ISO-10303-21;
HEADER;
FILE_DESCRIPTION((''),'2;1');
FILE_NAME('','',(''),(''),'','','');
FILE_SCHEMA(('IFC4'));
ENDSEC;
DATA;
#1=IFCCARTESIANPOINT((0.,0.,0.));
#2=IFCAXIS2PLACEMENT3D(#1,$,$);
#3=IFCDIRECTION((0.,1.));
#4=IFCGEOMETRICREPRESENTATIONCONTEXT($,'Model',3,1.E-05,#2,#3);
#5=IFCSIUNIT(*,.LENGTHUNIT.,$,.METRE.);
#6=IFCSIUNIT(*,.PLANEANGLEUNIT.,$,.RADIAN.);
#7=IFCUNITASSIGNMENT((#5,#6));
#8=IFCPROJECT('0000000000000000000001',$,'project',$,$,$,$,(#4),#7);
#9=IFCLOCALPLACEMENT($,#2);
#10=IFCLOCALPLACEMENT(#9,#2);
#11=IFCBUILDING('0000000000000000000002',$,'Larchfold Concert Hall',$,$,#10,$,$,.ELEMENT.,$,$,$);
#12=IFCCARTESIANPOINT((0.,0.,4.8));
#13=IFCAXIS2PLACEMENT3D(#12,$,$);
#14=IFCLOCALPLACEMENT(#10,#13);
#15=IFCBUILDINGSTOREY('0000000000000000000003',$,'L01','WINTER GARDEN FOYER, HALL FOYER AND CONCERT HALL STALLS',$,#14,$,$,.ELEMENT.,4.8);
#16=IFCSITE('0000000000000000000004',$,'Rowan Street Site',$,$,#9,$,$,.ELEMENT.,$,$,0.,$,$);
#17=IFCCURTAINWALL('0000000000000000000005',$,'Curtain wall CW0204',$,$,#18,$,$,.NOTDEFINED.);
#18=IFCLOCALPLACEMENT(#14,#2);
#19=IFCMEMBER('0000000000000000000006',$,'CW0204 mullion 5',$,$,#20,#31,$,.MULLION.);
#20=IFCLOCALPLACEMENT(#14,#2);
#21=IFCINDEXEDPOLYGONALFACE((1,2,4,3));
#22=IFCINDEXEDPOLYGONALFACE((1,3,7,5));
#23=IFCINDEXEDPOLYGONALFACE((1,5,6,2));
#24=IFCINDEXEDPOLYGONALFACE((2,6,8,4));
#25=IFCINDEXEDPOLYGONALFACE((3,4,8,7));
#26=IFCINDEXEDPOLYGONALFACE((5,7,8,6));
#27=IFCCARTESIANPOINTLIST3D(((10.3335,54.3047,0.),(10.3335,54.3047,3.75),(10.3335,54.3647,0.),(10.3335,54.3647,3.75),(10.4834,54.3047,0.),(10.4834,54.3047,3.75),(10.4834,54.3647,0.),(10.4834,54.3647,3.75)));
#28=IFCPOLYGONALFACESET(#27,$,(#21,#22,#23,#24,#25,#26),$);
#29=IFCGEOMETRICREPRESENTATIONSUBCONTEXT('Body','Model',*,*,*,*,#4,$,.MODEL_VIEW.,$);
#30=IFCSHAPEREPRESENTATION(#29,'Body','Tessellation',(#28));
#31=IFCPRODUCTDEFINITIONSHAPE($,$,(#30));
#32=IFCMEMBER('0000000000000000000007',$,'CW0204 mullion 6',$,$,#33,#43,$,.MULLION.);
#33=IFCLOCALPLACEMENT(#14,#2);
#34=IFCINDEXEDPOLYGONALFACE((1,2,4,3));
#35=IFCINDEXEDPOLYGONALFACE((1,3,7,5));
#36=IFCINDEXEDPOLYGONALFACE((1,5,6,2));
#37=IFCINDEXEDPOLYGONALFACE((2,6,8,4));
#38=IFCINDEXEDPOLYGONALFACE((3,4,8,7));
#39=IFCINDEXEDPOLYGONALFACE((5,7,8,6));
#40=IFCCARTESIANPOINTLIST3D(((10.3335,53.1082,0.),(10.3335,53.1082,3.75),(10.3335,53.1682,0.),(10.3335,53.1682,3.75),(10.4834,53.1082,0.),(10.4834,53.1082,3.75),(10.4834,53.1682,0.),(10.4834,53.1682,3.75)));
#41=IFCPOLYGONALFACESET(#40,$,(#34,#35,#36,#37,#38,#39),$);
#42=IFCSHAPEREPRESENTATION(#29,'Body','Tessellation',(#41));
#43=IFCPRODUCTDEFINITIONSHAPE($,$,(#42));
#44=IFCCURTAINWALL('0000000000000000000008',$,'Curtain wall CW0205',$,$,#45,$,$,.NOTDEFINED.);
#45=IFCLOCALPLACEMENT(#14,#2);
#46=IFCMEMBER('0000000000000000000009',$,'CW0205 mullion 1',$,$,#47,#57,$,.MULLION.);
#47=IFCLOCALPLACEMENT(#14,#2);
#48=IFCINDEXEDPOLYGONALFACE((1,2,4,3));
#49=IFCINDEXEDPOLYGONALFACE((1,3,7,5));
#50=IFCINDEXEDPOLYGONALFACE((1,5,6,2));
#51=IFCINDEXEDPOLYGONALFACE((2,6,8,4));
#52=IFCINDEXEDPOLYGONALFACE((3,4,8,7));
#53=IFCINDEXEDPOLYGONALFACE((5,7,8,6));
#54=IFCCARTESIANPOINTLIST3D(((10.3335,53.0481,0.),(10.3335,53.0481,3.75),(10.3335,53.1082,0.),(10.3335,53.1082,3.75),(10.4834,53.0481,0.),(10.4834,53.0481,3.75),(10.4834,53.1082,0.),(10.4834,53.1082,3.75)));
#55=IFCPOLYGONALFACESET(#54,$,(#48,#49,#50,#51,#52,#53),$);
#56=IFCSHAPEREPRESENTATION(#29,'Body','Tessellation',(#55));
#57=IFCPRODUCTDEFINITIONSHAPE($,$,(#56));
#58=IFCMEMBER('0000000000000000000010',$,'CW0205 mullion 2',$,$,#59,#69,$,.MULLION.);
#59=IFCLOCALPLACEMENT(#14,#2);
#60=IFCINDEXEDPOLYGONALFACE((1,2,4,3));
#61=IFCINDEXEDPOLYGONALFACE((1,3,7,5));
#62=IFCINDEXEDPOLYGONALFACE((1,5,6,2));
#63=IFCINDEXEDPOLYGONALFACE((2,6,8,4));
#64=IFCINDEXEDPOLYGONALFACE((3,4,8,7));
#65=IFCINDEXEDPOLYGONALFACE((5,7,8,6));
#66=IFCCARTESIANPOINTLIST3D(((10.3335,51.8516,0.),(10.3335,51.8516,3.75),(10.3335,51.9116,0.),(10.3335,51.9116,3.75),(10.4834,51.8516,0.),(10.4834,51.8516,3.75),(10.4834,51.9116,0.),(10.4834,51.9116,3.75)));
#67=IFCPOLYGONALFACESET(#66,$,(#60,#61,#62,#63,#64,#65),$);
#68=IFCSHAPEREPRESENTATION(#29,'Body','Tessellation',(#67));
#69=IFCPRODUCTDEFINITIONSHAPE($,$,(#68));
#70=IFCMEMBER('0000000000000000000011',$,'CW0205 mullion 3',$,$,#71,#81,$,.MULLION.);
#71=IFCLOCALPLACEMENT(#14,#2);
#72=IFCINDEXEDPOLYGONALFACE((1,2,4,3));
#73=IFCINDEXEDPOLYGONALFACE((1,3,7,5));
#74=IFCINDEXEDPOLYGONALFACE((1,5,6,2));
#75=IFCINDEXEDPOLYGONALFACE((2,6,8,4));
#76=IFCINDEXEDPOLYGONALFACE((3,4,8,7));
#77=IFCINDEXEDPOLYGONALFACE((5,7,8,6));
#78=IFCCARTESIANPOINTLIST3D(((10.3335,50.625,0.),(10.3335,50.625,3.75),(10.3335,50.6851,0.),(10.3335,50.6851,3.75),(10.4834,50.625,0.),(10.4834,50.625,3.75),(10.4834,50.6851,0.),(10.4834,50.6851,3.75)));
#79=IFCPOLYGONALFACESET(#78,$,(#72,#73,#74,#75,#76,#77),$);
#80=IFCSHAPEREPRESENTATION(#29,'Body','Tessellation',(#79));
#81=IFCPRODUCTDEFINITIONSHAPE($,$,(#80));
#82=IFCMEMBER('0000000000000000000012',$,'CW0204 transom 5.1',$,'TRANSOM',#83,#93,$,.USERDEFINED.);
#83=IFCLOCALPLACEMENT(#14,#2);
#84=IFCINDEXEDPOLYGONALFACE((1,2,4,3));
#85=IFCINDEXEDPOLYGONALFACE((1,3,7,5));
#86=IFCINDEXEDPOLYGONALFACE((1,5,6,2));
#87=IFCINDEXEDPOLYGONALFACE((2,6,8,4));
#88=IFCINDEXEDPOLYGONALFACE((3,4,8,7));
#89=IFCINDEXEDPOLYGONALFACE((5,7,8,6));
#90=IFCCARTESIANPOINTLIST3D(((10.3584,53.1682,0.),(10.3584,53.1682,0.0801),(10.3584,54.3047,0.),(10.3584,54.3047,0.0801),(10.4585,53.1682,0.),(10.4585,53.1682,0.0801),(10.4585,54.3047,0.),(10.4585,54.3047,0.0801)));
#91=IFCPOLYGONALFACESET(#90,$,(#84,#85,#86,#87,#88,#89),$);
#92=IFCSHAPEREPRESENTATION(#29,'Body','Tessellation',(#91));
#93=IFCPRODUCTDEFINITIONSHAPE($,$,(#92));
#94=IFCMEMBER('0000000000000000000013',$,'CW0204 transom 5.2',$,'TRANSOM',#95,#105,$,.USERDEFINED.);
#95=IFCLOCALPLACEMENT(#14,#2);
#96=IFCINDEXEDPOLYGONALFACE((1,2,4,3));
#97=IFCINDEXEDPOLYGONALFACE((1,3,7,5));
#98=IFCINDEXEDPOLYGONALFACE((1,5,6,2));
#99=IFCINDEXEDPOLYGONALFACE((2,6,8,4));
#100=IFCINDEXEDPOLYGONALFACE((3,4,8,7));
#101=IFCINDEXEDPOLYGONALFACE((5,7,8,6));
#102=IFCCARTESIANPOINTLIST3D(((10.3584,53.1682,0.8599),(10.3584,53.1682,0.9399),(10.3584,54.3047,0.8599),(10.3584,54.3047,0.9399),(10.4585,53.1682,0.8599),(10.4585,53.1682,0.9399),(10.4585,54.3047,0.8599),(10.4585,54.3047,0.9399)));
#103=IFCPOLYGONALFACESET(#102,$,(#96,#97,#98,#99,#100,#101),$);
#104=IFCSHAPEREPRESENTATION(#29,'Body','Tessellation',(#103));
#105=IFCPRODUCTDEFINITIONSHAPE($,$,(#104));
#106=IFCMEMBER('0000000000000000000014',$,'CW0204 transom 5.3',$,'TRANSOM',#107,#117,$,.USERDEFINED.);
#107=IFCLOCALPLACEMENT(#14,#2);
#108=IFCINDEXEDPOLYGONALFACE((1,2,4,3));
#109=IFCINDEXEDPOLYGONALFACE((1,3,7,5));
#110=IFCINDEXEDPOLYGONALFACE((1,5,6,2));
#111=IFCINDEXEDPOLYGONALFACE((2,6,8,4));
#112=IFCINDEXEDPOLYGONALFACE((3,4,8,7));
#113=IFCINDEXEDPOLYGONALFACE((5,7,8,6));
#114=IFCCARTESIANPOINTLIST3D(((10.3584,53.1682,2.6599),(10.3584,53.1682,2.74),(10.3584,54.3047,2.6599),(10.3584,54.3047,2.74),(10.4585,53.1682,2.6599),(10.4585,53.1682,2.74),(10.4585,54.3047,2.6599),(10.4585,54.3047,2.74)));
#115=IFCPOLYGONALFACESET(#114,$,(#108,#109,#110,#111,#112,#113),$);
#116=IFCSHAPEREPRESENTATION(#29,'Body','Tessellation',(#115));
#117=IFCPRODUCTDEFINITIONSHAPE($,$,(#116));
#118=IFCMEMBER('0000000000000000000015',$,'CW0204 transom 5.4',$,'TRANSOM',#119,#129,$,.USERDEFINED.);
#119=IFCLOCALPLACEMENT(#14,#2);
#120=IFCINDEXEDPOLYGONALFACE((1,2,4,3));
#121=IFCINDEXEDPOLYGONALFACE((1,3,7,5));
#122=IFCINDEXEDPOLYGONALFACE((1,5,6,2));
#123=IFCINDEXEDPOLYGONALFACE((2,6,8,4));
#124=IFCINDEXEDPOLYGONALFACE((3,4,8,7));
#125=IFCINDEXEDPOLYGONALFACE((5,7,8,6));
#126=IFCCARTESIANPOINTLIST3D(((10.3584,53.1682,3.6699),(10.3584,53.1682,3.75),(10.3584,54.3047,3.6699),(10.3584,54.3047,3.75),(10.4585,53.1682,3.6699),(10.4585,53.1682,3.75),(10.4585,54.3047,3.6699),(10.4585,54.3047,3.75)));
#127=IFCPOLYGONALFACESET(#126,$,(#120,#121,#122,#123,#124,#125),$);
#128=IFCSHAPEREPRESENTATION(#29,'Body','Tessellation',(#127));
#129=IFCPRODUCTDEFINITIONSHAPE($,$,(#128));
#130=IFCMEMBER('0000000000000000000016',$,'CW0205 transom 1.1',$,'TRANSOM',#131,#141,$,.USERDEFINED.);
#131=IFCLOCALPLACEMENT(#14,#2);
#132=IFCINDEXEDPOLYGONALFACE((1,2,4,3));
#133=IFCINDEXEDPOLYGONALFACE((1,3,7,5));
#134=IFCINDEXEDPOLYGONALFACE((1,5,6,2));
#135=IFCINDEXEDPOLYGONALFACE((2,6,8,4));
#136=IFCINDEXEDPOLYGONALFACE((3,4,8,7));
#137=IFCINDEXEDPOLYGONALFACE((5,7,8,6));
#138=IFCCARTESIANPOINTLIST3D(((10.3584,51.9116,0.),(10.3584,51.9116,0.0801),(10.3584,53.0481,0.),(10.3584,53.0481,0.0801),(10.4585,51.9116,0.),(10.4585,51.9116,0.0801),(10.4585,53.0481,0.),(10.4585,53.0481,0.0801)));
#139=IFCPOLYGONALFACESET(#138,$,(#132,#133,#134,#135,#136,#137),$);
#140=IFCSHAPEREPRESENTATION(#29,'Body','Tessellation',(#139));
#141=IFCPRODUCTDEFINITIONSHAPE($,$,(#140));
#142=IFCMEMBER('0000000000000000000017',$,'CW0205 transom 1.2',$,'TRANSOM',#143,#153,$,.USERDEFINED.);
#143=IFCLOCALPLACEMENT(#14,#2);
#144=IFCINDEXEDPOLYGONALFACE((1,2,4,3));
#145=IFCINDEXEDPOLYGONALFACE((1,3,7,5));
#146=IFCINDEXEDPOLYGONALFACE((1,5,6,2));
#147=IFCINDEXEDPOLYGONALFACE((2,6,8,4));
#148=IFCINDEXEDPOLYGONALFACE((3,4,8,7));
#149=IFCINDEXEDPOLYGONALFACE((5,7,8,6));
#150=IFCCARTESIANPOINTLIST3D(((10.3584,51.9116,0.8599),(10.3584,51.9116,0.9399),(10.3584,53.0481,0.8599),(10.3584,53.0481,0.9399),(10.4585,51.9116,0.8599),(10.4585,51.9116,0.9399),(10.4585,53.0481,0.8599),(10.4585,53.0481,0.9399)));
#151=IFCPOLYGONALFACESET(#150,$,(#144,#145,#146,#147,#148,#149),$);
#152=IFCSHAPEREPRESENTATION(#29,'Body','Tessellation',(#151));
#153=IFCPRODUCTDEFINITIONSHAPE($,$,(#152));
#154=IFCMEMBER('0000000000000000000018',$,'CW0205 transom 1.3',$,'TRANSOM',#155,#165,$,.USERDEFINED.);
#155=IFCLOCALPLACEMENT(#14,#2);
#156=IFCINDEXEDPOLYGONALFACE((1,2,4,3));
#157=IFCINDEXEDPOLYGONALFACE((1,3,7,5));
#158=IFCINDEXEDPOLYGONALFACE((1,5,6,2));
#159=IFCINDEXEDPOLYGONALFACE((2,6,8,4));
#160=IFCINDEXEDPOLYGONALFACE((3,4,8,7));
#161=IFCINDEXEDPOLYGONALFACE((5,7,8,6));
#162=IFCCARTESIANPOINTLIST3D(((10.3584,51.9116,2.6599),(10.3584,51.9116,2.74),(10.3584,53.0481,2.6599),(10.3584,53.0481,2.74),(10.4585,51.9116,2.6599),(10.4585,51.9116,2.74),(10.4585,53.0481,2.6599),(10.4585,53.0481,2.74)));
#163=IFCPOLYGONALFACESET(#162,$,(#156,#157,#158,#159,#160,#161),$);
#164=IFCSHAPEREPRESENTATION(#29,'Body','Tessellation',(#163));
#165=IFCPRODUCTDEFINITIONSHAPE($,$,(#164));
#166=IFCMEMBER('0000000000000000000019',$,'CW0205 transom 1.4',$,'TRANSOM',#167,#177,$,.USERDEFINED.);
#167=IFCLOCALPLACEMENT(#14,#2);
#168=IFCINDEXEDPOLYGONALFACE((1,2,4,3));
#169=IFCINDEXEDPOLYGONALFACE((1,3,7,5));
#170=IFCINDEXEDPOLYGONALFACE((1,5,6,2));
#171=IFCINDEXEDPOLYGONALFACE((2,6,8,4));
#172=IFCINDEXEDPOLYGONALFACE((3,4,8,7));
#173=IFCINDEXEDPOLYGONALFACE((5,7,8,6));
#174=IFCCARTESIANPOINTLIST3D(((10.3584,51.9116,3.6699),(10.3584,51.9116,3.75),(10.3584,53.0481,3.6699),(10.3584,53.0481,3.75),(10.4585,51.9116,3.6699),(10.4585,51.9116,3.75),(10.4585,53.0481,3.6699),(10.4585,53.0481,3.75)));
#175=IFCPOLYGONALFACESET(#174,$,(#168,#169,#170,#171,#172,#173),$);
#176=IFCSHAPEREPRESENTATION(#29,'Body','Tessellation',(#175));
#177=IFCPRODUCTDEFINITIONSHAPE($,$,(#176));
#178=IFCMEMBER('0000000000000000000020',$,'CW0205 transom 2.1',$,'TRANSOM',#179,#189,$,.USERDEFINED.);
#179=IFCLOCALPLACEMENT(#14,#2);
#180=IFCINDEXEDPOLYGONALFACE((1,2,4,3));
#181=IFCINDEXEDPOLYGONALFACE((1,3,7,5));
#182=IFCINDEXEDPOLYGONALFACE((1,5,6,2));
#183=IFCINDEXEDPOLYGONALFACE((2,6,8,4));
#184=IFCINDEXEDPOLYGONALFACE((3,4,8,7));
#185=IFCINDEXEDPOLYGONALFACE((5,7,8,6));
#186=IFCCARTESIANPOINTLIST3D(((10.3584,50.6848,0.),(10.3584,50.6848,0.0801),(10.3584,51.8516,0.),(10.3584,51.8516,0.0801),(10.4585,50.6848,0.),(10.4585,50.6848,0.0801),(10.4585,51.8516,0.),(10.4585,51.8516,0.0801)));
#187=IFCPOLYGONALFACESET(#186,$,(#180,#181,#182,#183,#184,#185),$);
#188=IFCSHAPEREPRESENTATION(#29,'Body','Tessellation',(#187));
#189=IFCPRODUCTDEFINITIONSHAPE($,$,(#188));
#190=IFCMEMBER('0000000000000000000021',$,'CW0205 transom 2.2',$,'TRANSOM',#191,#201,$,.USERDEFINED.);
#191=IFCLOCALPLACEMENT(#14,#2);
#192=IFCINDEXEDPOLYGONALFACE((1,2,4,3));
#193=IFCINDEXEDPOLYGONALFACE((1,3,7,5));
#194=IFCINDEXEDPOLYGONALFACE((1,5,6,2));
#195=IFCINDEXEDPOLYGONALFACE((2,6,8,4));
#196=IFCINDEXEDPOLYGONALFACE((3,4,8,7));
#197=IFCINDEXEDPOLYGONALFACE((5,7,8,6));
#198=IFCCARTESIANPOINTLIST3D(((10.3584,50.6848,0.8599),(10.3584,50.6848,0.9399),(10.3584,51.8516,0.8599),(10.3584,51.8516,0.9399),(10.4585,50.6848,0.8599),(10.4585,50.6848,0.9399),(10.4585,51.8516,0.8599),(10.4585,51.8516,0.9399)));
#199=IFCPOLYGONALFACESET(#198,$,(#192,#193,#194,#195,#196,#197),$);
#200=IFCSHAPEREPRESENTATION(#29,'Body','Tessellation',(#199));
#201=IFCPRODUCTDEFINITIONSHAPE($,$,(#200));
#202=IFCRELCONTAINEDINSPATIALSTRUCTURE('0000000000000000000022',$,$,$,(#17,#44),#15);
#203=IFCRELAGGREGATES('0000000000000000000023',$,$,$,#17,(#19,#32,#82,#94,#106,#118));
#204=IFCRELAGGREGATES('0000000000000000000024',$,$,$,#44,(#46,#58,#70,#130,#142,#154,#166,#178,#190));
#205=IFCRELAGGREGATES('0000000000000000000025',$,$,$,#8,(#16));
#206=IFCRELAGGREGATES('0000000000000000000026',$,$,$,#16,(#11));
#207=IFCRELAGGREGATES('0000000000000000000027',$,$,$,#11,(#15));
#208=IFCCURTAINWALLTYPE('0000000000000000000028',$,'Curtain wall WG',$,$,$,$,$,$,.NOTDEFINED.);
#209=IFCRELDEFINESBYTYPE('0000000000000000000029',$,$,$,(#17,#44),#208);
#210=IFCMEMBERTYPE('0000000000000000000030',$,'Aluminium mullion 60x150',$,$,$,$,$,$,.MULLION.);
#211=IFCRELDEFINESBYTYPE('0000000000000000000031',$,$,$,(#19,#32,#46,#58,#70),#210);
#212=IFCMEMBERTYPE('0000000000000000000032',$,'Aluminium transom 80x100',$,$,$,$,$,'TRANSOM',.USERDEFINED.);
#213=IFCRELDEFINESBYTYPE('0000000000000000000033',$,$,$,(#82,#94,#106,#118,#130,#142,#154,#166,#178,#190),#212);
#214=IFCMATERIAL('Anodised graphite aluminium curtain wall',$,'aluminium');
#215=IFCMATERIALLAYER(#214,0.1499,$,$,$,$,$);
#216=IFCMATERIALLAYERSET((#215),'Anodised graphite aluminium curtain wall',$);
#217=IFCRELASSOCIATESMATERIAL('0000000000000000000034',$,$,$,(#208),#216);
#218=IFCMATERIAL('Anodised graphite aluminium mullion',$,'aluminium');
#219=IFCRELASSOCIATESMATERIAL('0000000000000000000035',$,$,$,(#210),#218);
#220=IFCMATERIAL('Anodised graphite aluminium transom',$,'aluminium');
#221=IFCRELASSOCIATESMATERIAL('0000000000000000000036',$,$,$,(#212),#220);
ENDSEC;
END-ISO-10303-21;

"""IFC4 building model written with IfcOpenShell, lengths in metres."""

from ifc_helpers import new_model, si_unit, direction, frame, origin, origin_2d, place, context, subcontext, project, spatial, rectangle, extrude, material, layer, layer_set, material_profile, profile_set, type_object, element, aggregate, save


model = new_model("IFC4")

# Units and contexts
model_context = context("Model", 3, precision=1e-05, world=origin(), true_north=direction((0.0, 1.0)))
body_context = subcontext(model_context, "Body", "Model", "MODEL_VIEW")
ifc_project = project(units=[si_unit("LENGTHUNIT", "METRE"), si_unit("PLANEANGLEUNIT", "RADIAN")], contexts=[model_context])

# Site, building, storey
site_placement = place(None, origin())
site = spatial("IfcSite", under=ifc_project, at=site_placement, Name="Rowan Street Site", CompositionType="ELEMENT", RefElevation=0.0)
building_placement = place(site_placement, origin())
building = spatial("IfcBuilding", under=site, at=building_placement, Name="Larchfold Concert Hall", CompositionType="ELEMENT")
storey_placement = place(building_placement, frame((0.0, 0.0, 4.8)))
storey = spatial("IfcBuildingStorey", under=building, at=storey_placement, Name="L01", Description="WINTER GARDEN FOYER, HALL FOYER AND CONCERT HALL STALLS", CompositionType="ELEMENT", Elevation=4.8)

# Curtain walls, members
ifc_material_1 = material(Name="Anodised graphite aluminium curtain wall", Category="aluminium")
ifc_layer_1 = layer(ifc_material_1, 0.1499)
ifc_layer_set_1 = layer_set([ifc_layer_1], Name="Anodised graphite aluminium curtain wall")
curtain_wall_type = type_object("IfcCurtainWallType", Name="Curtain wall WG", PredefinedType="NOTDEFINED", material=ifc_layer_set_1)
curtain_wall_1_placement = place(storey_placement, origin())
curtain_wall_1 = element("IfcCurtainWall", 1, at=curtain_wall_1_placement, inside=storey, type_object=curtain_wall_type, Name="Curtain wall CW0204", PredefinedType="NOTDEFINED")
ifc_material_2 = material(Name="Anodised graphite aluminium mullion", Category="aluminium")
ifc_material_profile_1 = material_profile(ifc_material_2, rectangle(XDim=0.1499, YDim=0.0601, at=origin_2d()))
ifc_profile_set_1 = profile_set([ifc_material_profile_1], Name="Anodised graphite aluminium mullion")
member_type_1 = type_object("IfcMemberType", Name="Aluminium mullion 60x150", PredefinedType="MULLION", material=ifc_profile_set_1)
member_1_placement = place(storey_placement, frame((10.4084, 54.3347, 0.0), z_axis=(0.0, 0.0, 1.0), x_axis=(1.0, 0.0, 0.0)))
member_1 = element("IfcMember", 2, at=member_1_placement, type_object=member_type_1, Name="CW0204 mullion 5", PredefinedType="MULLION", context=body_context, shape_type="SweptSolid", body=[
    extrude(rectangle(XDim=0.1499, YDim=0.0601, at=origin_2d()), origin(), (0.0, 0.0, 1.0), 3.75),
])
member_2_placement = place(storey_placement, frame((10.4084, 53.1382, 0.0), z_axis=(0.0, 0.0, 1.0), x_axis=(1.0, 0.0, 0.0)))
member_2 = element("IfcMember", 3, at=member_2_placement, type_object=member_type_1, Name="CW0204 mullion 6", PredefinedType="MULLION", context=body_context, shape_type="SweptSolid", body=[
    extrude(rectangle(XDim=0.1499, YDim=0.0601, at=origin_2d()), origin(), (0.0, 0.0, 1.0), 3.75),
])
curtain_wall_2_placement = place(storey_placement, origin())
curtain_wall_2 = element("IfcCurtainWall", 4, at=curtain_wall_2_placement, inside=storey, type_object=curtain_wall_type, Name="Curtain wall CW0205", PredefinedType="NOTDEFINED")
member_3_placement = place(storey_placement, frame((10.4084, 53.0781, 0.0), z_axis=(0.0, 0.0, 1.0), x_axis=(1.0, 0.0, 0.0)))
member_3 = element("IfcMember", 5, at=member_3_placement, type_object=member_type_1, Name="CW0205 mullion 1", PredefinedType="MULLION", context=body_context, shape_type="SweptSolid", body=[
    extrude(rectangle(XDim=0.1499, YDim=0.0601, at=origin_2d()), origin(), (0.0, 0.0, 1.0), 3.75),
])
member_4_placement = place(storey_placement, frame((10.4084, 51.8816, 0.0), z_axis=(0.0, 0.0, 1.0), x_axis=(1.0, 0.0, 0.0)))
member_4 = element("IfcMember", 6, at=member_4_placement, type_object=member_type_1, Name="CW0205 mullion 2", PredefinedType="MULLION", context=body_context, shape_type="SweptSolid", body=[
    extrude(rectangle(XDim=0.1499, YDim=0.0601, at=origin_2d()), origin(), (0.0, 0.0, 1.0), 3.75),
])
member_5_placement = place(storey_placement, frame((10.4084, 50.655, 0.0), z_axis=(0.0, 0.0, 1.0), x_axis=(1.0, 0.0, 0.0)))
member_5 = element("IfcMember", 7, at=member_5_placement, type_object=member_type_1, Name="CW0205 mullion 3", PredefinedType="MULLION", context=body_context, shape_type="SweptSolid", body=[
    extrude(rectangle(XDim=0.1499, YDim=0.0601, at=origin_2d()), origin(), (0.0, 0.0, 1.0), 3.75),
])

# Members
ifc_material_3 = material(Name="Anodised graphite aluminium transom", Category="aluminium")
ifc_material_profile_2 = material_profile(ifc_material_3, rectangle(XDim=0.1001, YDim=0.0801, at=origin_2d()))
ifc_profile_set_2 = profile_set([ifc_material_profile_2], Name="Anodised graphite aluminium transom")
member_type_2 = type_object("IfcMemberType", Name="Aluminium transom 80x100", ElementType="TRANSOM", PredefinedType="USERDEFINED", material=ifc_profile_set_2)
member_6_placement = place(storey_placement, frame((10.4084, 54.3047, 0.04), z_axis=(0.0, -1.0, 0.0), x_axis=(1.0, 0.0, 0.0)))
member_6 = element("IfcMember", 8, at=member_6_placement, type_object=member_type_2, Name="CW0204 transom 5.1", ObjectType="TRANSOM", PredefinedType="USERDEFINED", context=body_context, shape_type="SweptSolid", body=[
    extrude(rectangle(XDim=0.1001, YDim=0.0801, at=origin_2d()), origin(), (0.0, 0.0, 1.0), 1.1365),
])
member_7_placement = place(storey_placement, frame((10.4084, 54.3047, 0.8999), z_axis=(0.0, -1.0, 0.0), x_axis=(1.0, 0.0, 0.0)))
member_7 = element("IfcMember", 9, at=member_7_placement, type_object=member_type_2, Name="CW0204 transom 5.2", ObjectType="TRANSOM", PredefinedType="USERDEFINED", context=body_context, shape_type="SweptSolid", body=[
    extrude(rectangle(XDim=0.1001, YDim=0.0801, at=origin_2d()), origin(), (0.0, 0.0, 1.0), 1.1365),
])
member_8_placement = place(storey_placement, frame((10.4084, 54.3047, 2.7), z_axis=(0.0, -1.0, 0.0), x_axis=(1.0, 0.0, 0.0)))
member_8 = element("IfcMember", 10, at=member_8_placement, type_object=member_type_2, Name="CW0204 transom 5.3", ObjectType="TRANSOM", PredefinedType="USERDEFINED", context=body_context, shape_type="SweptSolid", body=[
    extrude(rectangle(XDim=0.1001, YDim=0.0801, at=origin_2d()), origin(), (0.0, 0.0, 1.0), 1.1365),
])
member_9_placement = place(storey_placement, frame((10.4084, 54.3047, 3.71), z_axis=(0.0, -1.0, 0.0), x_axis=(1.0, 0.0, 0.0)))
member_9 = element("IfcMember", 11, at=member_9_placement, type_object=member_type_2, Name="CW0204 transom 5.4", ObjectType="TRANSOM", PredefinedType="USERDEFINED", context=body_context, shape_type="SweptSolid", body=[
    extrude(rectangle(XDim=0.1001, YDim=0.0801, at=origin_2d()), origin(), (0.0, 0.0, 1.0), 1.1365),
])
member_10_placement = place(storey_placement, frame((10.4084, 53.0481, 0.04), z_axis=(0.0, -1.0, 0.0), x_axis=(1.0, 0.0, 0.0)))
member_10 = element("IfcMember", 12, at=member_10_placement, type_object=member_type_2, Name="CW0205 transom 1.1", ObjectType="TRANSOM", PredefinedType="USERDEFINED", context=body_context, shape_type="SweptSolid", body=[
    extrude(rectangle(XDim=0.1001, YDim=0.0801, at=origin_2d()), origin(), (0.0, 0.0, 1.0), 1.1365),
])
member_11_placement = place(storey_placement, frame((10.4084, 53.0481, 0.8999), z_axis=(0.0, -1.0, 0.0), x_axis=(1.0, 0.0, 0.0)))
member_11 = element("IfcMember", 13, at=member_11_placement, type_object=member_type_2, Name="CW0205 transom 1.2", ObjectType="TRANSOM", PredefinedType="USERDEFINED", context=body_context, shape_type="SweptSolid", body=[
    extrude(rectangle(XDim=0.1001, YDim=0.0801, at=origin_2d()), origin(), (0.0, 0.0, 1.0), 1.1365),
])
member_12_placement = place(storey_placement, frame((10.4084, 53.0481, 2.7), z_axis=(0.0, -1.0, 0.0), x_axis=(1.0, 0.0, 0.0)))
member_12 = element("IfcMember", 14, at=member_12_placement, type_object=member_type_2, Name="CW0205 transom 1.3", ObjectType="TRANSOM", PredefinedType="USERDEFINED", context=body_context, shape_type="SweptSolid", body=[
    extrude(rectangle(XDim=0.1001, YDim=0.0801, at=origin_2d()), origin(), (0.0, 0.0, 1.0), 1.1365),
])
member_13_placement = place(storey_placement, frame((10.4084, 53.0481, 3.71), z_axis=(0.0, -1.0, 0.0), x_axis=(1.0, 0.0, 0.0)))
member_13 = element("IfcMember", 15, at=member_13_placement, type_object=member_type_2, Name="CW0205 transom 1.4", ObjectType="TRANSOM", PredefinedType="USERDEFINED", context=body_context, shape_type="SweptSolid", body=[
    extrude(rectangle(XDim=0.1001, YDim=0.0801, at=origin_2d()), origin(), (0.0, 0.0, 1.0), 1.1365),
])
member_14_placement = place(storey_placement, frame((10.4084, 51.8516, 0.04), z_axis=(0.0, -1.0, 0.0), x_axis=(1.0, 0.0, 0.0)))
member_14 = element("IfcMember", 16, at=member_14_placement, type_object=member_type_2, Name="CW0205 transom 2.1", ObjectType="TRANSOM", PredefinedType="USERDEFINED", context=body_context, shape_type="SweptSolid", body=[
    extrude(rectangle(XDim=0.1001, YDim=0.0801, at=origin_2d()), origin(), (0.0, 0.0, 1.0), 1.1667),
])
member_15_placement = place(storey_placement, frame((10.4084, 51.8516, 0.8999), z_axis=(0.0, -1.0, 0.0), x_axis=(1.0, 0.0, 0.0)))
member_15 = element("IfcMember", 17, at=member_15_placement, type_object=member_type_2, Name="CW0205 transom 2.2", ObjectType="TRANSOM", PredefinedType="USERDEFINED", context=body_context, shape_type="SweptSolid", body=[
    extrude(rectangle(XDim=0.1001, YDim=0.0801, at=origin_2d()), origin(), (0.0, 0.0, 1.0), 1.1667),
])

aggregate(curtain_wall_1, [member_1, member_2, member_6, member_7, member_8, member_9])
aggregate(curtain_wall_2, [member_3, member_4, member_5, member_10, member_11, member_12, member_13, member_14, member_15])

save(model, "model.ifc")
